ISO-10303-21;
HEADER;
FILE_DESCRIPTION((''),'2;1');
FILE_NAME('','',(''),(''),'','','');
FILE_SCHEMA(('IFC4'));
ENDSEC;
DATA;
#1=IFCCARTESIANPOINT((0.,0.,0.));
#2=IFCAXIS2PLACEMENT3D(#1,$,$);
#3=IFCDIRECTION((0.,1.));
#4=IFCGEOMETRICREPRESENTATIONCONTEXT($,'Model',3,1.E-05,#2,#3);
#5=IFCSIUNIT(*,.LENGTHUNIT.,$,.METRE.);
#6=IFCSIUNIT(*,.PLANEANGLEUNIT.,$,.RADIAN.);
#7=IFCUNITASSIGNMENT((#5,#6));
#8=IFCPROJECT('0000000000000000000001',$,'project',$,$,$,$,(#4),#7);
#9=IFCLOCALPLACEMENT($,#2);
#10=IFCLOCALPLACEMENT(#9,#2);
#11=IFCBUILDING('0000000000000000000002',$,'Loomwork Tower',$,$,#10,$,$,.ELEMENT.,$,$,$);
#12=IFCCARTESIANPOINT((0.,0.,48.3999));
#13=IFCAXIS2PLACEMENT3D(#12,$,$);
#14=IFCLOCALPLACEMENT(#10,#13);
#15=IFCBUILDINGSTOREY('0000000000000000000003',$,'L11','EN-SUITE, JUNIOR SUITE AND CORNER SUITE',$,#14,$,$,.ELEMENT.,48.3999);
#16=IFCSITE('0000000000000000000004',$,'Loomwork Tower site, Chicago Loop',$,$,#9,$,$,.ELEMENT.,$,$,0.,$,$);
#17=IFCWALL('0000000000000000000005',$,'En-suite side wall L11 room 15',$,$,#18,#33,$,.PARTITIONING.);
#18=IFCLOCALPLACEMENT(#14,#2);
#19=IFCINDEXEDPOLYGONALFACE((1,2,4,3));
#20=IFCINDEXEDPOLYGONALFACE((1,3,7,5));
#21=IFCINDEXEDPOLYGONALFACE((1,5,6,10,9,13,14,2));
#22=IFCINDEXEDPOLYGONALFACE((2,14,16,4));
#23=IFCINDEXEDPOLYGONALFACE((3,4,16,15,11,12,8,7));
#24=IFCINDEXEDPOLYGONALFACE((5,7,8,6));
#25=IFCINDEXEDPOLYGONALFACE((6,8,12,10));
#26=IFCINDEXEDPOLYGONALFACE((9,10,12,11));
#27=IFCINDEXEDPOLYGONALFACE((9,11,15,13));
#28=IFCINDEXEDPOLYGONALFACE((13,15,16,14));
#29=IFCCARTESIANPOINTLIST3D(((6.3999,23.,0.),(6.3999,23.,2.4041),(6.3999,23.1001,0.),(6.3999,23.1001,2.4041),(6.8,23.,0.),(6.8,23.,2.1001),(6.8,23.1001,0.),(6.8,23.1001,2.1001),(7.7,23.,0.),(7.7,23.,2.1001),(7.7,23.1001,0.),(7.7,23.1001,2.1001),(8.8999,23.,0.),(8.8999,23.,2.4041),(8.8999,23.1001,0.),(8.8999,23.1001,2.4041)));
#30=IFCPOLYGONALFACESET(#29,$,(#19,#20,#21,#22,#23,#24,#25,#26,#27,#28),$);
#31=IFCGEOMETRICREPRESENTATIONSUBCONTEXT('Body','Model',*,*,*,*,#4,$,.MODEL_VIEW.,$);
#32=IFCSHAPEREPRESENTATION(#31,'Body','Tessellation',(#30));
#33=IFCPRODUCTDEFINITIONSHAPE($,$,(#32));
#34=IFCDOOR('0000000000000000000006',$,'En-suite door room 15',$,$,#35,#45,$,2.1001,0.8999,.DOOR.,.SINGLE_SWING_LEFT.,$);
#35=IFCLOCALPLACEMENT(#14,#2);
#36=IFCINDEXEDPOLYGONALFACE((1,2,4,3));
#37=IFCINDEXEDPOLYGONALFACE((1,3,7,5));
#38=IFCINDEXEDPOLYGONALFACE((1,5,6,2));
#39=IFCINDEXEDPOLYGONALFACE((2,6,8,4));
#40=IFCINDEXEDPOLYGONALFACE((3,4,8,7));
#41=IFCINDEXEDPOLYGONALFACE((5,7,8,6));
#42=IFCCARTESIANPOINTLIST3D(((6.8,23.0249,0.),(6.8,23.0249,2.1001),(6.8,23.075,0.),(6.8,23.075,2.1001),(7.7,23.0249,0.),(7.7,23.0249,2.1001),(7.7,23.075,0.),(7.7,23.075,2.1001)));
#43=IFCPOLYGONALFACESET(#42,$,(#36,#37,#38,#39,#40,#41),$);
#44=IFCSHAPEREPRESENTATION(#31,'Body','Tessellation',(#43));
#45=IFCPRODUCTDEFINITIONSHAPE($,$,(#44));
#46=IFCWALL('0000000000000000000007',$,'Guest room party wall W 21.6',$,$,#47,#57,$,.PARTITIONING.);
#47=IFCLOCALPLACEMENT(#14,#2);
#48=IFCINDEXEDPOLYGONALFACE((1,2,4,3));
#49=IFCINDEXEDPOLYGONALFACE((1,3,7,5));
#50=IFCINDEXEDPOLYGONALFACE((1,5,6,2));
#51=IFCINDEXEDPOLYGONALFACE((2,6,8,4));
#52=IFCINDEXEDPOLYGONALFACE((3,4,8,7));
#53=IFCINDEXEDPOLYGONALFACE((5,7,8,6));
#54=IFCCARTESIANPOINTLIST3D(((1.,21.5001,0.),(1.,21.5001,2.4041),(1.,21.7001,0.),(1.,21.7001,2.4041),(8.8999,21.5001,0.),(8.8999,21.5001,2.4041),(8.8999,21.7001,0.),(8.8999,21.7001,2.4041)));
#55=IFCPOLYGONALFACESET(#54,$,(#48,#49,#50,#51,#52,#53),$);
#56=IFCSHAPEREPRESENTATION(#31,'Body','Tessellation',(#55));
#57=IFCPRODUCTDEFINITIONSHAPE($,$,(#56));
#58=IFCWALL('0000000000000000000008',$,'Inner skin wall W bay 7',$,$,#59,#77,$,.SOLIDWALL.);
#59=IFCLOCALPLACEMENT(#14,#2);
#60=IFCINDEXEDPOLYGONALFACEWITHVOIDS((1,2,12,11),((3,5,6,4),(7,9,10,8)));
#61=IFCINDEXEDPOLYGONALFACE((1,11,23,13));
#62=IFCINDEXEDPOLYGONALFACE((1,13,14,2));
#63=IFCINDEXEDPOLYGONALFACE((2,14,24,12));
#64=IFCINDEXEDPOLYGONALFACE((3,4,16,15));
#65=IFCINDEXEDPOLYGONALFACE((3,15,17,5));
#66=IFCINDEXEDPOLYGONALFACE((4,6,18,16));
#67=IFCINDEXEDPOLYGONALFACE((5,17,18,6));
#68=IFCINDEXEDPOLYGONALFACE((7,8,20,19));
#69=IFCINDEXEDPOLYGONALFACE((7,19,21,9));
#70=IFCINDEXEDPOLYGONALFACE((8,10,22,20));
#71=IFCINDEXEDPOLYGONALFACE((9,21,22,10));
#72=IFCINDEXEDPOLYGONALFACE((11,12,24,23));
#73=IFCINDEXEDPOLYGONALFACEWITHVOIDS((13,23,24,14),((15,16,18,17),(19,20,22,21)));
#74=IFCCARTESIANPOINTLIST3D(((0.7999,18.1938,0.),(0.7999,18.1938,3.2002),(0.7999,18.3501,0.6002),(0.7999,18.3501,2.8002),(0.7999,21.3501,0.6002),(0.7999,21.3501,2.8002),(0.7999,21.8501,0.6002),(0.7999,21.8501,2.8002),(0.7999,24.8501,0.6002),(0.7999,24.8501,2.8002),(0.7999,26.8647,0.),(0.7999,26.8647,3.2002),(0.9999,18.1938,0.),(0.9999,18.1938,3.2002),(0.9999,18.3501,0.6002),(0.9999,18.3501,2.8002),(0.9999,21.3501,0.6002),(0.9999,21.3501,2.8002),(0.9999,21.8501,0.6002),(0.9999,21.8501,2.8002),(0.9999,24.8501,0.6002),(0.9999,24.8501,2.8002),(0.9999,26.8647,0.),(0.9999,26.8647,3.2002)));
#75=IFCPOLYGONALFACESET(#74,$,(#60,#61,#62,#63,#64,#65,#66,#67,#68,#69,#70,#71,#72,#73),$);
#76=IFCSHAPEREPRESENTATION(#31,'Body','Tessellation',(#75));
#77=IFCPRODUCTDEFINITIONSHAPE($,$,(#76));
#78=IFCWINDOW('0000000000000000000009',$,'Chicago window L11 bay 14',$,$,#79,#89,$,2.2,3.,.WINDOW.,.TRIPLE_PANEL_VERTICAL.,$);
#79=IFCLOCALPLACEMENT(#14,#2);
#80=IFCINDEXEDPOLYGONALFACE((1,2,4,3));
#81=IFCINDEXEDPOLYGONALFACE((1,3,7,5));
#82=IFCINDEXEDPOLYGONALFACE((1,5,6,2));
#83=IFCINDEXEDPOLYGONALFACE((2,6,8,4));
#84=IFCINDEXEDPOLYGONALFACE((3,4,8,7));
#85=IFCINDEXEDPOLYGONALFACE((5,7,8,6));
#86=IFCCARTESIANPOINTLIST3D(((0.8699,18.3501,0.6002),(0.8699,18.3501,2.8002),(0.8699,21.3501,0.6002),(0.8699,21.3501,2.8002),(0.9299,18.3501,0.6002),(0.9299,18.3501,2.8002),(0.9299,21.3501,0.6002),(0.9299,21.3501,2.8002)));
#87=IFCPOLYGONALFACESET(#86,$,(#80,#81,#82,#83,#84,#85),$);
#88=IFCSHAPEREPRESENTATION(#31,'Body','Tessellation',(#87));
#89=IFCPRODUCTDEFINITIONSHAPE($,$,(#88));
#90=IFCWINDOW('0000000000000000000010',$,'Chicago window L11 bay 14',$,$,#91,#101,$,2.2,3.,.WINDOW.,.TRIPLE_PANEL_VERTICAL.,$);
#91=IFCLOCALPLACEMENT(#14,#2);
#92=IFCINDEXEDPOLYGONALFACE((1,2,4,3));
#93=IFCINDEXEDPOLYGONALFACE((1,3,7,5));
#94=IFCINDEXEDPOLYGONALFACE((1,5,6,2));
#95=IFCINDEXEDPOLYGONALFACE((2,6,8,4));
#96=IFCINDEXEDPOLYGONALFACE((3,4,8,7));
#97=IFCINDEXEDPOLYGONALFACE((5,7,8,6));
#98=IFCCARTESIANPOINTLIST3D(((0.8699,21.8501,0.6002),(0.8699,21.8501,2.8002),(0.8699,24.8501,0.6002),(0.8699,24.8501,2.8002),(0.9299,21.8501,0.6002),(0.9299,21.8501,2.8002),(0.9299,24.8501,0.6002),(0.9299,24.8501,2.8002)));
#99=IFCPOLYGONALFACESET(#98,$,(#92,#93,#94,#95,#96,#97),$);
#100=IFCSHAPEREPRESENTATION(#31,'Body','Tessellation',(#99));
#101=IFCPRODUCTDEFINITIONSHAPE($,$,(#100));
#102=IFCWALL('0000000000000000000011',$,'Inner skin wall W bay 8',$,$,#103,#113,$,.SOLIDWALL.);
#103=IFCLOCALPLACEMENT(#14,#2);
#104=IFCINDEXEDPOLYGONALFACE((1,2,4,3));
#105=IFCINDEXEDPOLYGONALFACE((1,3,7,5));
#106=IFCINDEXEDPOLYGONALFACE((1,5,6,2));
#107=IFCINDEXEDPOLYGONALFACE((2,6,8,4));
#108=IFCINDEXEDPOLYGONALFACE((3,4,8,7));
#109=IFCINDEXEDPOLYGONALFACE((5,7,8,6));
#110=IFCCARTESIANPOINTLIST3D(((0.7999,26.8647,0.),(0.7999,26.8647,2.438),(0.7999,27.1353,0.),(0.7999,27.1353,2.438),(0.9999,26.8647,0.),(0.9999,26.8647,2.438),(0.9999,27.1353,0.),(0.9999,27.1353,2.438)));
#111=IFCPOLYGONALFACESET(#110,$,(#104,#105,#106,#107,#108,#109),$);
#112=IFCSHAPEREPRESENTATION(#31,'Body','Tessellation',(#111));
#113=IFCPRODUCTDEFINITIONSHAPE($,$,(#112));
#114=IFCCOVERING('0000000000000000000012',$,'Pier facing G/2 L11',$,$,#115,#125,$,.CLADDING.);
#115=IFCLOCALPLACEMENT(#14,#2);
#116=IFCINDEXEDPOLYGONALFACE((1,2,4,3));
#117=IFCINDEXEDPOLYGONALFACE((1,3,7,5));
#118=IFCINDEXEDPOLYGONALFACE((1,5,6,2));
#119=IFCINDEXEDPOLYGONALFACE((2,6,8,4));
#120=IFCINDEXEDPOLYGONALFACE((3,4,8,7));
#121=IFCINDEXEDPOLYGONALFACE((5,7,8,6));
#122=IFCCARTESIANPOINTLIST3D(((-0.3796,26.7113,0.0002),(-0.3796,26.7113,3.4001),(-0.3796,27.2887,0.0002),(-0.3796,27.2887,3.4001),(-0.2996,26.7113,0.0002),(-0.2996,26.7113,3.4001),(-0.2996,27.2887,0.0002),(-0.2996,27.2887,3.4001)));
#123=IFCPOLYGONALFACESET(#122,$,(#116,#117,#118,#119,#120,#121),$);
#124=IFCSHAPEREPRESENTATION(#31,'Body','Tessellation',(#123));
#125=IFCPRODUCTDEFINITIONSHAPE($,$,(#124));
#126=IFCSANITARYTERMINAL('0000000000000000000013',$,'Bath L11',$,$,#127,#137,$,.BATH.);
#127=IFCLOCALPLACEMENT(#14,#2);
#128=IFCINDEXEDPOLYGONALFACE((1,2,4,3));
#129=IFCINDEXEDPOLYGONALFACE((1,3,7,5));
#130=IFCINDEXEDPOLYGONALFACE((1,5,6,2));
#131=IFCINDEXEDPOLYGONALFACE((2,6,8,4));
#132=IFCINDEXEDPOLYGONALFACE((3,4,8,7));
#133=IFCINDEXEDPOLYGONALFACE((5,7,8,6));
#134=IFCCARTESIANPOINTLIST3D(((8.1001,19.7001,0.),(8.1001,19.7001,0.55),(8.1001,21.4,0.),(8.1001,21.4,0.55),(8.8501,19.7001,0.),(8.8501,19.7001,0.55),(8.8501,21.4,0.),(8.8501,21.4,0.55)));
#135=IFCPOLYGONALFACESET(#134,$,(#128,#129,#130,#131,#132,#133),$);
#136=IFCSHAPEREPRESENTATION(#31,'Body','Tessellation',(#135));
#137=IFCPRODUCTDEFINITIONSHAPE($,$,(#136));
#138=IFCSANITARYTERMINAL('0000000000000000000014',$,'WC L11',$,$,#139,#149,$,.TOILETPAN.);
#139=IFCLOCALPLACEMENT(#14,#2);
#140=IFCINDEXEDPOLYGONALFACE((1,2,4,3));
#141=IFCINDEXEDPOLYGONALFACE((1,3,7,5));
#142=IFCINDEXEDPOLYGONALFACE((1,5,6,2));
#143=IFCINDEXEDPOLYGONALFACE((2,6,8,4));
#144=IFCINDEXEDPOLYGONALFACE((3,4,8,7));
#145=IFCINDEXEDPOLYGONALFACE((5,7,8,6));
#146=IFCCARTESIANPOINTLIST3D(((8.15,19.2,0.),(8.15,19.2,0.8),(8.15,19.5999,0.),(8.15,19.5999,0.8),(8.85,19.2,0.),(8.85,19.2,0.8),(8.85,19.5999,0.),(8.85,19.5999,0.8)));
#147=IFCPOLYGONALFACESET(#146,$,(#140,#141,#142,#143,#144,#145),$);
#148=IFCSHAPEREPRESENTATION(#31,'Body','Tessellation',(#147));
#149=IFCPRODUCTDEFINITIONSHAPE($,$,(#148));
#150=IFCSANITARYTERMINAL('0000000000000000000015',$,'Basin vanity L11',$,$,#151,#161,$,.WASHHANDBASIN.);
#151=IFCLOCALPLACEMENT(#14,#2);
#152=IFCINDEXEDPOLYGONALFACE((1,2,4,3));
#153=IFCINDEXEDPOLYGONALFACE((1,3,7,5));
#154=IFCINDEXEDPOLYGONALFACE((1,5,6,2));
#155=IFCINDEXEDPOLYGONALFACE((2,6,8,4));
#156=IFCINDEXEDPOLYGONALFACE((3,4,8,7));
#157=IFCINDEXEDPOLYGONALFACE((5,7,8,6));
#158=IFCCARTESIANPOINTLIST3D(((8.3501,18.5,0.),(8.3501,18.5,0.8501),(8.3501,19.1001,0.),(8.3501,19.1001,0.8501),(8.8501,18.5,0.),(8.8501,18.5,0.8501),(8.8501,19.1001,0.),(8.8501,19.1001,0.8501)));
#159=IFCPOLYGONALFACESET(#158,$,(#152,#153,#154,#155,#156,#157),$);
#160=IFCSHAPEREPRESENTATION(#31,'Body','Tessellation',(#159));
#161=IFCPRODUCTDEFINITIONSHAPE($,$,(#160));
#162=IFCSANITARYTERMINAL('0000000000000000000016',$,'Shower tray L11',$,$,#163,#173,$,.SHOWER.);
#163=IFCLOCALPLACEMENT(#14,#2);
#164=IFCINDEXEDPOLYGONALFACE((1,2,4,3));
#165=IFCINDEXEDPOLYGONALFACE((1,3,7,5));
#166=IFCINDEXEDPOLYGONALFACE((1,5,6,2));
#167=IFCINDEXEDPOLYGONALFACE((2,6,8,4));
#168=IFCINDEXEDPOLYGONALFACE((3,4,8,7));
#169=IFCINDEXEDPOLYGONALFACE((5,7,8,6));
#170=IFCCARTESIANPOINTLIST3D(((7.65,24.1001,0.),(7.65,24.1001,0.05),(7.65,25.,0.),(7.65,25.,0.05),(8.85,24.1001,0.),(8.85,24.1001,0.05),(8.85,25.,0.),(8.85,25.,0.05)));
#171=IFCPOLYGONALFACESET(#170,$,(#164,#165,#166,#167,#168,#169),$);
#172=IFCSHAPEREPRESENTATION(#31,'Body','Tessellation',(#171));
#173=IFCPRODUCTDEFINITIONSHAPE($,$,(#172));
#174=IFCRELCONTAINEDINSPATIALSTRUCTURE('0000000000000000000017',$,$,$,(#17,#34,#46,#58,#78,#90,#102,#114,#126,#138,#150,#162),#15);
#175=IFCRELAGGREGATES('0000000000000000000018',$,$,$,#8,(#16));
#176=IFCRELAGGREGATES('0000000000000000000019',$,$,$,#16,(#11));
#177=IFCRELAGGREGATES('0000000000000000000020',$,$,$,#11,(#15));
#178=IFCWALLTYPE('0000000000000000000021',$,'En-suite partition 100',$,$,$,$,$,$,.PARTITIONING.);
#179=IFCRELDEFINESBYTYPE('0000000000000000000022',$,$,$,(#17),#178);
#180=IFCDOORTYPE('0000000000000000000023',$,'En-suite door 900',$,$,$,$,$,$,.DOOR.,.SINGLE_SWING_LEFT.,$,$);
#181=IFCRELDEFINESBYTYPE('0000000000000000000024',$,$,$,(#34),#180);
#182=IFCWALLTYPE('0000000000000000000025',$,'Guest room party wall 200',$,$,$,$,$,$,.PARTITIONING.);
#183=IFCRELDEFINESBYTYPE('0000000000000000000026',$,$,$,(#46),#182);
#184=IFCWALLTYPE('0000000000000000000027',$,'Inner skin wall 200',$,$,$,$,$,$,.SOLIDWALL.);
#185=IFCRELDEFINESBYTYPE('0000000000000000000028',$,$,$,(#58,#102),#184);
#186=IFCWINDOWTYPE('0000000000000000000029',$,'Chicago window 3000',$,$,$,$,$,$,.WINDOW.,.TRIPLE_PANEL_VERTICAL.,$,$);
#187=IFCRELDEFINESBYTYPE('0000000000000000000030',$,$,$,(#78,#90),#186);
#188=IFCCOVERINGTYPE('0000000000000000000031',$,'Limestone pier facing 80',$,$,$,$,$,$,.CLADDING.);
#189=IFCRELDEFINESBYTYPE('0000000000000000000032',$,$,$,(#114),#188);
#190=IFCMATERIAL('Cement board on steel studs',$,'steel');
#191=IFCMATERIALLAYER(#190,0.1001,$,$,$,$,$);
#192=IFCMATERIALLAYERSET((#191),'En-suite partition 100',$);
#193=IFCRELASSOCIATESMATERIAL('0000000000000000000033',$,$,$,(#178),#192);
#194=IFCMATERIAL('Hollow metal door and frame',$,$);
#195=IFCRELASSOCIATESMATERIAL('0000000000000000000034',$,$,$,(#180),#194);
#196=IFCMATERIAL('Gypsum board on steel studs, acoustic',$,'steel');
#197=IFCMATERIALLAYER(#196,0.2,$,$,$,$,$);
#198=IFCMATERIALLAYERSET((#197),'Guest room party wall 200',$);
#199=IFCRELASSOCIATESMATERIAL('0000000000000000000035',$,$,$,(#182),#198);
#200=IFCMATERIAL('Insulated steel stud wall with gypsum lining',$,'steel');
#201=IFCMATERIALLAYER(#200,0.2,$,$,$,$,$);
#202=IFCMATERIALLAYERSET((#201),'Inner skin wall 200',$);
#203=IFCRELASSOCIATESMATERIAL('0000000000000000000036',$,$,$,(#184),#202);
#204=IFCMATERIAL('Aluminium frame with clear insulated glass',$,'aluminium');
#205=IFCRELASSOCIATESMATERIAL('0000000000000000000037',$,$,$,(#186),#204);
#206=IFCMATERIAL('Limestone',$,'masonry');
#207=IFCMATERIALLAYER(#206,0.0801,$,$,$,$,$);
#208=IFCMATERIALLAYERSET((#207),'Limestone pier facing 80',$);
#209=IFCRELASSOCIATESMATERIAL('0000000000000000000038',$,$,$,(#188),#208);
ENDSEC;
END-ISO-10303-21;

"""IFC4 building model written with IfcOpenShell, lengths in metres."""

from ifc_helpers import new_model, si_unit, direction, frame, frame_2d, origin, origin_2d, place, context, subcontext, project, spatial, rectangle, extrude, material, layer, layer_set, type_object, element, fill, save


model = new_model("IFC4")

# Units and contexts
model_context = context("Model", 3, precision=1e-05, world=origin(), true_north=direction((0.0, 1.0)))
body_context = subcontext(model_context, "Body", "Model", "MODEL_VIEW")
ifc_project = project(units=[si_unit("LENGTHUNIT", "METRE"), si_unit("PLANEANGLEUNIT", "RADIAN")], contexts=[model_context])

# Site, building, storey
site_placement = place(None, origin())
site = spatial("IfcSite", under=ifc_project, at=site_placement, Name="Loomwork Tower site, Chicago Loop", CompositionType="ELEMENT", RefElevation=0.0)
building_placement = place(site_placement, origin())
building = spatial("IfcBuilding", under=site, at=building_placement, Name="Loomwork Tower", CompositionType="ELEMENT")
storey_placement = place(building_placement, frame((0.0, 0.0, 48.3999)))
storey = spatial("IfcBuildingStorey", under=building, at=storey_placement, Name="L11", Description="EN-SUITE, JUNIOR SUITE AND CORNER SUITE", CompositionType="ELEMENT", Elevation=48.3999)

# Shared definitions
ifc_material_1 = material(Name="Cement board on steel studs", Category="steel")
ifc_layer_1 = layer(ifc_material_1, 0.1001)
ifc_layer_set_1 = layer_set([ifc_layer_1], Name="En-suite partition 100")
wall_type_1 = type_object("IfcWallType", Name="En-suite partition 100", PredefinedType="PARTITIONING", material=ifc_layer_set_1)

# Shared definitions
ifc_material_2 = material(Name="Hollow metal door and frame")
door_type = type_object("IfcDoorType", Name="En-suite door 900", OperationType="SINGLE_SWING_LEFT", PredefinedType="DOOR", material=ifc_material_2)

# Wall, opening, door
wall_1_placement = place(storey_placement, frame((8.8999, 23.05, 0.0), z_axis=(0.0, 0.0, 1.0), x_axis=(-1.0, 0.0, 0.0)))
wall_1 = element("IfcWall", 1, at=wall_1_placement, inside=storey, type_object=wall_type_1, Name="En-suite side wall L11 room 15", PredefinedType="PARTITIONING", context=body_context, shape_type="SweptSolid", body=[
    extrude(rectangle(XDim=2.5, YDim=0.1001, at=frame_2d((1.25, 0.0))), origin(), (0.0, 0.0, 1.0), 2.4041),
])
opening_1_placement = place(wall_1_placement, frame((1.2, 0.0, 0.0)))
opening_1 = element("IfcOpeningElement", 2, at=opening_1_placement, cuts=wall_1, PredefinedType="OPENING", context=body_context, shape_type="SweptSolid", body=[
    extrude(rectangle(XDim=0.8999, YDim=2.1001, at=frame_2d((0.45, 1.05))), frame((0.0, 0.0601, 0.0), z_axis=(0.0, -1.0, 0.0), x_axis=(1.0, 0.0, 0.0)), (0.0, 0.0, 1.0), 0.1201),
])
door_1_placement = place(opening_1_placement, frame((0.8999, 0.0, 0.0), z_axis=(0.0, 0.0, 1.0), x_axis=(-1.0, 0.0, 0.0)))
door_1 = element("IfcDoor", 3, at=door_1_placement, inside=storey, type_object=door_type, Name="En-suite door room 15", OperationType="SINGLE_SWING_LEFT", OverallHeight=2.1001, OverallWidth=0.8999, PredefinedType="DOOR", context=body_context, shape_type="SweptSolid", body=[
    extrude(rectangle(XDim=0.8999, YDim=2.1001, at=frame_2d((0.45, 1.05))), frame((0.0, 0.0249, 0.0), z_axis=(0.0, -1.0, 0.0), x_axis=(1.0, 0.0, 0.0)), (0.0, 0.0, 1.0), 0.05),
])
fill(opening_1, door_1)

# Wall
ifc_material_3 = material(Name="Gypsum board on steel studs, acoustic", Category="steel")
ifc_layer_2 = layer(ifc_material_3, 0.2)
ifc_layer_set_2 = layer_set([ifc_layer_2], Name="Guest room party wall 200")
wall_type_2 = type_object("IfcWallType", Name="Guest room party wall 200", PredefinedType="PARTITIONING", material=ifc_layer_set_2)
wall_2_placement = place(storey_placement, frame((8.8999, 21.6001, 0.0), z_axis=(0.0, 0.0, 1.0), x_axis=(-1.0, 0.0, 0.0)))
element("IfcWall", 4, at=wall_2_placement, inside=storey, type_object=wall_type_2, Name="Guest room party wall W 21.6", PredefinedType="PARTITIONING", context=body_context, shape_type="SweptSolid", body=[
    extrude(rectangle(XDim=7.8999, YDim=0.2, at=frame_2d((3.95, 0.0))), origin(), (0.0, 0.0, 1.0), 2.4041),
])

# Wall, openings, windows
ifc_material_4 = material(Name="Insulated steel stud wall with gypsum lining", Category="steel")
ifc_layer_3 = layer(ifc_material_4, 0.2)
ifc_layer_set_3 = layer_set([ifc_layer_3], Name="Inner skin wall 200")
wall_type_3 = type_object("IfcWallType", Name="Inner skin wall 200", PredefinedType="SOLIDWALL", material=ifc_layer_set_3)
wall_3_placement = place(storey_placement, frame((0.8999, 18.1938, 0.0), z_axis=(0.0, 0.0, 1.0), x_axis=(0.0, 1.0, 0.0)))
wall_3 = element("IfcWall", 5, at=wall_3_placement, inside=storey, type_object=wall_type_3, Name="Inner skin wall W bay 7", PredefinedType="SOLIDWALL", context=body_context, shape_type="SweptSolid", body=[
    extrude(rectangle(XDim=8.6709, YDim=0.2, at=frame_2d((4.3354, 0.0))), origin(), (0.0, 0.0, 1.0), 3.2002),
])
opening_2_placement = place(wall_3_placement, frame((0.1562, 0.0, 0.6001)))
opening_2 = element("IfcOpeningElement", 6, at=opening_2_placement, cuts=wall_3, PredefinedType="OPENING", context=body_context, shape_type="SweptSolid", body=[
    extrude(rectangle(XDim=3.0, YDim=2.2, at=frame_2d((1.5, 1.1001))), frame((0.0, 0.1099, 0.0), z_axis=(0.0, -1.0, 0.0), x_axis=(1.0, 0.0, 0.0)), (0.0, 0.0, 1.0), 0.22),
])
opening_3_placement = place(wall_3_placement, frame((3.6562, 0.0, 0.6001)))
opening_3 = element("IfcOpeningElement", 7, at=opening_3_placement, cuts=wall_3, PredefinedType="OPENING", context=body_context, shape_type="SweptSolid", body=[
    extrude(rectangle(XDim=3.0, YDim=2.2, at=frame_2d((1.5, 1.1001))), frame((0.0, 0.1099, 0.0), z_axis=(0.0, -1.0, 0.0), x_axis=(1.0, 0.0, 0.0)), (0.0, 0.0, 1.0), 0.22),
])
ifc_material_5 = material(Name="Aluminium frame with clear insulated glass", Category="aluminium")
window_type = type_object("IfcWindowType", Name="Chicago window 3000", PartitioningType="TRIPLE_PANEL_VERTICAL", PredefinedType="WINDOW", material=ifc_material_5)
window_1_placement = place(opening_2_placement, origin())
window_1 = element("IfcWindow", 8, at=window_1_placement, inside=storey, type_object=window_type, Name="Chicago window L11 bay 14", OverallHeight=2.2, OverallWidth=3.0, PartitioningType="TRIPLE_PANEL_VERTICAL", PredefinedType="WINDOW", context=body_context, shape_type="SweptSolid", body=[
    extrude(rectangle(XDim=3.0, YDim=2.2, at=frame_2d((1.5, 1.1001))), frame((0.0, 0.03, 0.0), z_axis=(0.0, -1.0, 0.0), x_axis=(1.0, 0.0, 0.0)), (0.0, 0.0, 1.0), 0.0601),
])
fill(opening_2, window_1)
window_2_placement = place(opening_3_placement, origin())
window_2 = element("IfcWindow", 9, at=window_2_placement, inside=storey, type_object=window_type, Name="Chicago window L11 bay 14", OverallHeight=2.2, OverallWidth=3.0, PartitioningType="TRIPLE_PANEL_VERTICAL", PredefinedType="WINDOW", context=body_context, shape_type="SweptSolid", body=[
    extrude(rectangle(XDim=3.0, YDim=2.2, at=frame_2d((1.5, 1.1001))), frame((0.0, 0.03, 0.0), z_axis=(0.0, -1.0, 0.0), x_axis=(1.0, 0.0, 0.0)), (0.0, 0.0, 1.0), 0.0601),
])
fill(opening_3, window_2)

# Wall
wall_4_placement = place(storey_placement, frame((0.8999, 26.8647, 0.0), z_axis=(0.0, 0.0, 1.0), x_axis=(0.0, 1.0, 0.0)))
element("IfcWall", 10, at=wall_4_placement, inside=storey, type_object=wall_type_3, Name="Inner skin wall W bay 8", PredefinedType="SOLIDWALL", context=body_context, shape_type="SweptSolid", body=[
    extrude(rectangle(XDim=0.2705, YDim=0.2, at=frame_2d((0.1353, 0.0))), origin(), (0.0, 0.0, 1.0), 2.438),
])

# Covering
ifc_material_6 = material(Name="Limestone", Category="masonry")
ifc_layer_4 = layer(ifc_material_6, 0.0801)
ifc_layer_set_4 = layer_set([ifc_layer_4], Name="Limestone pier facing 80")
covering_type = type_object("IfcCoveringType", Name="Limestone pier facing 80", PredefinedType="CLADDING", material=ifc_layer_set_4)
covering_placement = place(storey_placement, frame((-0.3396, 27.0, 0.0002), z_axis=(0.0, 0.0, 1.0), x_axis=(1.0, 0.0, 0.0)))
element("IfcCovering", 11, at=covering_placement, inside=storey, type_object=covering_type, Name="Pier facing G/2 L11", PredefinedType="CLADDING", context=body_context, shape_type="SweptSolid", body=[
    extrude(rectangle(XDim=0.0801, YDim=0.5774, at=origin_2d()), origin(), (0.0, 0.0, 1.0), 3.3999),
])

# Sanitary terminals
sanitary_terminal_1_placement = place(storey_placement, frame((8.4751, 20.55, 0.0), z_axis=(0.0, 0.0, 1.0), x_axis=(1.0, 0.0, 0.0)))
element("IfcSanitaryTerminal", 12, at=sanitary_terminal_1_placement, inside=storey, Name="Bath L11", PredefinedType="BATH", context=body_context, shape_type="SweptSolid", body=[
    extrude(rectangle(XDim=0.75, YDim=1.7, at=origin_2d()), origin(), (0.0, 0.0, 1.0), 0.55),
])
sanitary_terminal_2_placement = place(storey_placement, frame((8.5, 19.3999, 0.0), z_axis=(0.0, 0.0, 1.0), x_axis=(1.0, 0.0, 0.0)))
element("IfcSanitaryTerminal", 13, at=sanitary_terminal_2_placement, inside=storey, Name="WC L11", PredefinedType="TOILETPAN", context=body_context, shape_type="SweptSolid", body=[
    extrude(rectangle(XDim=0.7, YDim=0.3999, at=origin_2d()), origin(), (0.0, 0.0, 1.0), 0.8),
])
sanitary_terminal_3_placement = place(storey_placement, frame((8.6001, 18.8, 0.0), z_axis=(0.0, 0.0, 1.0), x_axis=(1.0, 0.0, 0.0)))
element("IfcSanitaryTerminal", 14, at=sanitary_terminal_3_placement, inside=storey, Name="Basin vanity L11", PredefinedType="WASHHANDBASIN", context=body_context, shape_type="SweptSolid", body=[
    extrude(rectangle(XDim=0.5, YDim=0.6001, at=origin_2d()), origin(), (0.0, 0.0, 1.0), 0.8501),
])
sanitary_terminal_4_placement = place(storey_placement, frame((8.25, 24.55, 0.0), z_axis=(0.0, 0.0, 1.0), x_axis=(1.0, 0.0, 0.0)))
element("IfcSanitaryTerminal", 15, at=sanitary_terminal_4_placement, inside=storey, Name="Shower tray L11", PredefinedType="SHOWER", context=body_context, shape_type="SweptSolid", body=[
    extrude(rectangle(XDim=1.2, YDim=0.8999, at=origin_2d()), origin(), (0.0, 0.0, 1.0), 0.05),
])

save(model, "model.ifc")
